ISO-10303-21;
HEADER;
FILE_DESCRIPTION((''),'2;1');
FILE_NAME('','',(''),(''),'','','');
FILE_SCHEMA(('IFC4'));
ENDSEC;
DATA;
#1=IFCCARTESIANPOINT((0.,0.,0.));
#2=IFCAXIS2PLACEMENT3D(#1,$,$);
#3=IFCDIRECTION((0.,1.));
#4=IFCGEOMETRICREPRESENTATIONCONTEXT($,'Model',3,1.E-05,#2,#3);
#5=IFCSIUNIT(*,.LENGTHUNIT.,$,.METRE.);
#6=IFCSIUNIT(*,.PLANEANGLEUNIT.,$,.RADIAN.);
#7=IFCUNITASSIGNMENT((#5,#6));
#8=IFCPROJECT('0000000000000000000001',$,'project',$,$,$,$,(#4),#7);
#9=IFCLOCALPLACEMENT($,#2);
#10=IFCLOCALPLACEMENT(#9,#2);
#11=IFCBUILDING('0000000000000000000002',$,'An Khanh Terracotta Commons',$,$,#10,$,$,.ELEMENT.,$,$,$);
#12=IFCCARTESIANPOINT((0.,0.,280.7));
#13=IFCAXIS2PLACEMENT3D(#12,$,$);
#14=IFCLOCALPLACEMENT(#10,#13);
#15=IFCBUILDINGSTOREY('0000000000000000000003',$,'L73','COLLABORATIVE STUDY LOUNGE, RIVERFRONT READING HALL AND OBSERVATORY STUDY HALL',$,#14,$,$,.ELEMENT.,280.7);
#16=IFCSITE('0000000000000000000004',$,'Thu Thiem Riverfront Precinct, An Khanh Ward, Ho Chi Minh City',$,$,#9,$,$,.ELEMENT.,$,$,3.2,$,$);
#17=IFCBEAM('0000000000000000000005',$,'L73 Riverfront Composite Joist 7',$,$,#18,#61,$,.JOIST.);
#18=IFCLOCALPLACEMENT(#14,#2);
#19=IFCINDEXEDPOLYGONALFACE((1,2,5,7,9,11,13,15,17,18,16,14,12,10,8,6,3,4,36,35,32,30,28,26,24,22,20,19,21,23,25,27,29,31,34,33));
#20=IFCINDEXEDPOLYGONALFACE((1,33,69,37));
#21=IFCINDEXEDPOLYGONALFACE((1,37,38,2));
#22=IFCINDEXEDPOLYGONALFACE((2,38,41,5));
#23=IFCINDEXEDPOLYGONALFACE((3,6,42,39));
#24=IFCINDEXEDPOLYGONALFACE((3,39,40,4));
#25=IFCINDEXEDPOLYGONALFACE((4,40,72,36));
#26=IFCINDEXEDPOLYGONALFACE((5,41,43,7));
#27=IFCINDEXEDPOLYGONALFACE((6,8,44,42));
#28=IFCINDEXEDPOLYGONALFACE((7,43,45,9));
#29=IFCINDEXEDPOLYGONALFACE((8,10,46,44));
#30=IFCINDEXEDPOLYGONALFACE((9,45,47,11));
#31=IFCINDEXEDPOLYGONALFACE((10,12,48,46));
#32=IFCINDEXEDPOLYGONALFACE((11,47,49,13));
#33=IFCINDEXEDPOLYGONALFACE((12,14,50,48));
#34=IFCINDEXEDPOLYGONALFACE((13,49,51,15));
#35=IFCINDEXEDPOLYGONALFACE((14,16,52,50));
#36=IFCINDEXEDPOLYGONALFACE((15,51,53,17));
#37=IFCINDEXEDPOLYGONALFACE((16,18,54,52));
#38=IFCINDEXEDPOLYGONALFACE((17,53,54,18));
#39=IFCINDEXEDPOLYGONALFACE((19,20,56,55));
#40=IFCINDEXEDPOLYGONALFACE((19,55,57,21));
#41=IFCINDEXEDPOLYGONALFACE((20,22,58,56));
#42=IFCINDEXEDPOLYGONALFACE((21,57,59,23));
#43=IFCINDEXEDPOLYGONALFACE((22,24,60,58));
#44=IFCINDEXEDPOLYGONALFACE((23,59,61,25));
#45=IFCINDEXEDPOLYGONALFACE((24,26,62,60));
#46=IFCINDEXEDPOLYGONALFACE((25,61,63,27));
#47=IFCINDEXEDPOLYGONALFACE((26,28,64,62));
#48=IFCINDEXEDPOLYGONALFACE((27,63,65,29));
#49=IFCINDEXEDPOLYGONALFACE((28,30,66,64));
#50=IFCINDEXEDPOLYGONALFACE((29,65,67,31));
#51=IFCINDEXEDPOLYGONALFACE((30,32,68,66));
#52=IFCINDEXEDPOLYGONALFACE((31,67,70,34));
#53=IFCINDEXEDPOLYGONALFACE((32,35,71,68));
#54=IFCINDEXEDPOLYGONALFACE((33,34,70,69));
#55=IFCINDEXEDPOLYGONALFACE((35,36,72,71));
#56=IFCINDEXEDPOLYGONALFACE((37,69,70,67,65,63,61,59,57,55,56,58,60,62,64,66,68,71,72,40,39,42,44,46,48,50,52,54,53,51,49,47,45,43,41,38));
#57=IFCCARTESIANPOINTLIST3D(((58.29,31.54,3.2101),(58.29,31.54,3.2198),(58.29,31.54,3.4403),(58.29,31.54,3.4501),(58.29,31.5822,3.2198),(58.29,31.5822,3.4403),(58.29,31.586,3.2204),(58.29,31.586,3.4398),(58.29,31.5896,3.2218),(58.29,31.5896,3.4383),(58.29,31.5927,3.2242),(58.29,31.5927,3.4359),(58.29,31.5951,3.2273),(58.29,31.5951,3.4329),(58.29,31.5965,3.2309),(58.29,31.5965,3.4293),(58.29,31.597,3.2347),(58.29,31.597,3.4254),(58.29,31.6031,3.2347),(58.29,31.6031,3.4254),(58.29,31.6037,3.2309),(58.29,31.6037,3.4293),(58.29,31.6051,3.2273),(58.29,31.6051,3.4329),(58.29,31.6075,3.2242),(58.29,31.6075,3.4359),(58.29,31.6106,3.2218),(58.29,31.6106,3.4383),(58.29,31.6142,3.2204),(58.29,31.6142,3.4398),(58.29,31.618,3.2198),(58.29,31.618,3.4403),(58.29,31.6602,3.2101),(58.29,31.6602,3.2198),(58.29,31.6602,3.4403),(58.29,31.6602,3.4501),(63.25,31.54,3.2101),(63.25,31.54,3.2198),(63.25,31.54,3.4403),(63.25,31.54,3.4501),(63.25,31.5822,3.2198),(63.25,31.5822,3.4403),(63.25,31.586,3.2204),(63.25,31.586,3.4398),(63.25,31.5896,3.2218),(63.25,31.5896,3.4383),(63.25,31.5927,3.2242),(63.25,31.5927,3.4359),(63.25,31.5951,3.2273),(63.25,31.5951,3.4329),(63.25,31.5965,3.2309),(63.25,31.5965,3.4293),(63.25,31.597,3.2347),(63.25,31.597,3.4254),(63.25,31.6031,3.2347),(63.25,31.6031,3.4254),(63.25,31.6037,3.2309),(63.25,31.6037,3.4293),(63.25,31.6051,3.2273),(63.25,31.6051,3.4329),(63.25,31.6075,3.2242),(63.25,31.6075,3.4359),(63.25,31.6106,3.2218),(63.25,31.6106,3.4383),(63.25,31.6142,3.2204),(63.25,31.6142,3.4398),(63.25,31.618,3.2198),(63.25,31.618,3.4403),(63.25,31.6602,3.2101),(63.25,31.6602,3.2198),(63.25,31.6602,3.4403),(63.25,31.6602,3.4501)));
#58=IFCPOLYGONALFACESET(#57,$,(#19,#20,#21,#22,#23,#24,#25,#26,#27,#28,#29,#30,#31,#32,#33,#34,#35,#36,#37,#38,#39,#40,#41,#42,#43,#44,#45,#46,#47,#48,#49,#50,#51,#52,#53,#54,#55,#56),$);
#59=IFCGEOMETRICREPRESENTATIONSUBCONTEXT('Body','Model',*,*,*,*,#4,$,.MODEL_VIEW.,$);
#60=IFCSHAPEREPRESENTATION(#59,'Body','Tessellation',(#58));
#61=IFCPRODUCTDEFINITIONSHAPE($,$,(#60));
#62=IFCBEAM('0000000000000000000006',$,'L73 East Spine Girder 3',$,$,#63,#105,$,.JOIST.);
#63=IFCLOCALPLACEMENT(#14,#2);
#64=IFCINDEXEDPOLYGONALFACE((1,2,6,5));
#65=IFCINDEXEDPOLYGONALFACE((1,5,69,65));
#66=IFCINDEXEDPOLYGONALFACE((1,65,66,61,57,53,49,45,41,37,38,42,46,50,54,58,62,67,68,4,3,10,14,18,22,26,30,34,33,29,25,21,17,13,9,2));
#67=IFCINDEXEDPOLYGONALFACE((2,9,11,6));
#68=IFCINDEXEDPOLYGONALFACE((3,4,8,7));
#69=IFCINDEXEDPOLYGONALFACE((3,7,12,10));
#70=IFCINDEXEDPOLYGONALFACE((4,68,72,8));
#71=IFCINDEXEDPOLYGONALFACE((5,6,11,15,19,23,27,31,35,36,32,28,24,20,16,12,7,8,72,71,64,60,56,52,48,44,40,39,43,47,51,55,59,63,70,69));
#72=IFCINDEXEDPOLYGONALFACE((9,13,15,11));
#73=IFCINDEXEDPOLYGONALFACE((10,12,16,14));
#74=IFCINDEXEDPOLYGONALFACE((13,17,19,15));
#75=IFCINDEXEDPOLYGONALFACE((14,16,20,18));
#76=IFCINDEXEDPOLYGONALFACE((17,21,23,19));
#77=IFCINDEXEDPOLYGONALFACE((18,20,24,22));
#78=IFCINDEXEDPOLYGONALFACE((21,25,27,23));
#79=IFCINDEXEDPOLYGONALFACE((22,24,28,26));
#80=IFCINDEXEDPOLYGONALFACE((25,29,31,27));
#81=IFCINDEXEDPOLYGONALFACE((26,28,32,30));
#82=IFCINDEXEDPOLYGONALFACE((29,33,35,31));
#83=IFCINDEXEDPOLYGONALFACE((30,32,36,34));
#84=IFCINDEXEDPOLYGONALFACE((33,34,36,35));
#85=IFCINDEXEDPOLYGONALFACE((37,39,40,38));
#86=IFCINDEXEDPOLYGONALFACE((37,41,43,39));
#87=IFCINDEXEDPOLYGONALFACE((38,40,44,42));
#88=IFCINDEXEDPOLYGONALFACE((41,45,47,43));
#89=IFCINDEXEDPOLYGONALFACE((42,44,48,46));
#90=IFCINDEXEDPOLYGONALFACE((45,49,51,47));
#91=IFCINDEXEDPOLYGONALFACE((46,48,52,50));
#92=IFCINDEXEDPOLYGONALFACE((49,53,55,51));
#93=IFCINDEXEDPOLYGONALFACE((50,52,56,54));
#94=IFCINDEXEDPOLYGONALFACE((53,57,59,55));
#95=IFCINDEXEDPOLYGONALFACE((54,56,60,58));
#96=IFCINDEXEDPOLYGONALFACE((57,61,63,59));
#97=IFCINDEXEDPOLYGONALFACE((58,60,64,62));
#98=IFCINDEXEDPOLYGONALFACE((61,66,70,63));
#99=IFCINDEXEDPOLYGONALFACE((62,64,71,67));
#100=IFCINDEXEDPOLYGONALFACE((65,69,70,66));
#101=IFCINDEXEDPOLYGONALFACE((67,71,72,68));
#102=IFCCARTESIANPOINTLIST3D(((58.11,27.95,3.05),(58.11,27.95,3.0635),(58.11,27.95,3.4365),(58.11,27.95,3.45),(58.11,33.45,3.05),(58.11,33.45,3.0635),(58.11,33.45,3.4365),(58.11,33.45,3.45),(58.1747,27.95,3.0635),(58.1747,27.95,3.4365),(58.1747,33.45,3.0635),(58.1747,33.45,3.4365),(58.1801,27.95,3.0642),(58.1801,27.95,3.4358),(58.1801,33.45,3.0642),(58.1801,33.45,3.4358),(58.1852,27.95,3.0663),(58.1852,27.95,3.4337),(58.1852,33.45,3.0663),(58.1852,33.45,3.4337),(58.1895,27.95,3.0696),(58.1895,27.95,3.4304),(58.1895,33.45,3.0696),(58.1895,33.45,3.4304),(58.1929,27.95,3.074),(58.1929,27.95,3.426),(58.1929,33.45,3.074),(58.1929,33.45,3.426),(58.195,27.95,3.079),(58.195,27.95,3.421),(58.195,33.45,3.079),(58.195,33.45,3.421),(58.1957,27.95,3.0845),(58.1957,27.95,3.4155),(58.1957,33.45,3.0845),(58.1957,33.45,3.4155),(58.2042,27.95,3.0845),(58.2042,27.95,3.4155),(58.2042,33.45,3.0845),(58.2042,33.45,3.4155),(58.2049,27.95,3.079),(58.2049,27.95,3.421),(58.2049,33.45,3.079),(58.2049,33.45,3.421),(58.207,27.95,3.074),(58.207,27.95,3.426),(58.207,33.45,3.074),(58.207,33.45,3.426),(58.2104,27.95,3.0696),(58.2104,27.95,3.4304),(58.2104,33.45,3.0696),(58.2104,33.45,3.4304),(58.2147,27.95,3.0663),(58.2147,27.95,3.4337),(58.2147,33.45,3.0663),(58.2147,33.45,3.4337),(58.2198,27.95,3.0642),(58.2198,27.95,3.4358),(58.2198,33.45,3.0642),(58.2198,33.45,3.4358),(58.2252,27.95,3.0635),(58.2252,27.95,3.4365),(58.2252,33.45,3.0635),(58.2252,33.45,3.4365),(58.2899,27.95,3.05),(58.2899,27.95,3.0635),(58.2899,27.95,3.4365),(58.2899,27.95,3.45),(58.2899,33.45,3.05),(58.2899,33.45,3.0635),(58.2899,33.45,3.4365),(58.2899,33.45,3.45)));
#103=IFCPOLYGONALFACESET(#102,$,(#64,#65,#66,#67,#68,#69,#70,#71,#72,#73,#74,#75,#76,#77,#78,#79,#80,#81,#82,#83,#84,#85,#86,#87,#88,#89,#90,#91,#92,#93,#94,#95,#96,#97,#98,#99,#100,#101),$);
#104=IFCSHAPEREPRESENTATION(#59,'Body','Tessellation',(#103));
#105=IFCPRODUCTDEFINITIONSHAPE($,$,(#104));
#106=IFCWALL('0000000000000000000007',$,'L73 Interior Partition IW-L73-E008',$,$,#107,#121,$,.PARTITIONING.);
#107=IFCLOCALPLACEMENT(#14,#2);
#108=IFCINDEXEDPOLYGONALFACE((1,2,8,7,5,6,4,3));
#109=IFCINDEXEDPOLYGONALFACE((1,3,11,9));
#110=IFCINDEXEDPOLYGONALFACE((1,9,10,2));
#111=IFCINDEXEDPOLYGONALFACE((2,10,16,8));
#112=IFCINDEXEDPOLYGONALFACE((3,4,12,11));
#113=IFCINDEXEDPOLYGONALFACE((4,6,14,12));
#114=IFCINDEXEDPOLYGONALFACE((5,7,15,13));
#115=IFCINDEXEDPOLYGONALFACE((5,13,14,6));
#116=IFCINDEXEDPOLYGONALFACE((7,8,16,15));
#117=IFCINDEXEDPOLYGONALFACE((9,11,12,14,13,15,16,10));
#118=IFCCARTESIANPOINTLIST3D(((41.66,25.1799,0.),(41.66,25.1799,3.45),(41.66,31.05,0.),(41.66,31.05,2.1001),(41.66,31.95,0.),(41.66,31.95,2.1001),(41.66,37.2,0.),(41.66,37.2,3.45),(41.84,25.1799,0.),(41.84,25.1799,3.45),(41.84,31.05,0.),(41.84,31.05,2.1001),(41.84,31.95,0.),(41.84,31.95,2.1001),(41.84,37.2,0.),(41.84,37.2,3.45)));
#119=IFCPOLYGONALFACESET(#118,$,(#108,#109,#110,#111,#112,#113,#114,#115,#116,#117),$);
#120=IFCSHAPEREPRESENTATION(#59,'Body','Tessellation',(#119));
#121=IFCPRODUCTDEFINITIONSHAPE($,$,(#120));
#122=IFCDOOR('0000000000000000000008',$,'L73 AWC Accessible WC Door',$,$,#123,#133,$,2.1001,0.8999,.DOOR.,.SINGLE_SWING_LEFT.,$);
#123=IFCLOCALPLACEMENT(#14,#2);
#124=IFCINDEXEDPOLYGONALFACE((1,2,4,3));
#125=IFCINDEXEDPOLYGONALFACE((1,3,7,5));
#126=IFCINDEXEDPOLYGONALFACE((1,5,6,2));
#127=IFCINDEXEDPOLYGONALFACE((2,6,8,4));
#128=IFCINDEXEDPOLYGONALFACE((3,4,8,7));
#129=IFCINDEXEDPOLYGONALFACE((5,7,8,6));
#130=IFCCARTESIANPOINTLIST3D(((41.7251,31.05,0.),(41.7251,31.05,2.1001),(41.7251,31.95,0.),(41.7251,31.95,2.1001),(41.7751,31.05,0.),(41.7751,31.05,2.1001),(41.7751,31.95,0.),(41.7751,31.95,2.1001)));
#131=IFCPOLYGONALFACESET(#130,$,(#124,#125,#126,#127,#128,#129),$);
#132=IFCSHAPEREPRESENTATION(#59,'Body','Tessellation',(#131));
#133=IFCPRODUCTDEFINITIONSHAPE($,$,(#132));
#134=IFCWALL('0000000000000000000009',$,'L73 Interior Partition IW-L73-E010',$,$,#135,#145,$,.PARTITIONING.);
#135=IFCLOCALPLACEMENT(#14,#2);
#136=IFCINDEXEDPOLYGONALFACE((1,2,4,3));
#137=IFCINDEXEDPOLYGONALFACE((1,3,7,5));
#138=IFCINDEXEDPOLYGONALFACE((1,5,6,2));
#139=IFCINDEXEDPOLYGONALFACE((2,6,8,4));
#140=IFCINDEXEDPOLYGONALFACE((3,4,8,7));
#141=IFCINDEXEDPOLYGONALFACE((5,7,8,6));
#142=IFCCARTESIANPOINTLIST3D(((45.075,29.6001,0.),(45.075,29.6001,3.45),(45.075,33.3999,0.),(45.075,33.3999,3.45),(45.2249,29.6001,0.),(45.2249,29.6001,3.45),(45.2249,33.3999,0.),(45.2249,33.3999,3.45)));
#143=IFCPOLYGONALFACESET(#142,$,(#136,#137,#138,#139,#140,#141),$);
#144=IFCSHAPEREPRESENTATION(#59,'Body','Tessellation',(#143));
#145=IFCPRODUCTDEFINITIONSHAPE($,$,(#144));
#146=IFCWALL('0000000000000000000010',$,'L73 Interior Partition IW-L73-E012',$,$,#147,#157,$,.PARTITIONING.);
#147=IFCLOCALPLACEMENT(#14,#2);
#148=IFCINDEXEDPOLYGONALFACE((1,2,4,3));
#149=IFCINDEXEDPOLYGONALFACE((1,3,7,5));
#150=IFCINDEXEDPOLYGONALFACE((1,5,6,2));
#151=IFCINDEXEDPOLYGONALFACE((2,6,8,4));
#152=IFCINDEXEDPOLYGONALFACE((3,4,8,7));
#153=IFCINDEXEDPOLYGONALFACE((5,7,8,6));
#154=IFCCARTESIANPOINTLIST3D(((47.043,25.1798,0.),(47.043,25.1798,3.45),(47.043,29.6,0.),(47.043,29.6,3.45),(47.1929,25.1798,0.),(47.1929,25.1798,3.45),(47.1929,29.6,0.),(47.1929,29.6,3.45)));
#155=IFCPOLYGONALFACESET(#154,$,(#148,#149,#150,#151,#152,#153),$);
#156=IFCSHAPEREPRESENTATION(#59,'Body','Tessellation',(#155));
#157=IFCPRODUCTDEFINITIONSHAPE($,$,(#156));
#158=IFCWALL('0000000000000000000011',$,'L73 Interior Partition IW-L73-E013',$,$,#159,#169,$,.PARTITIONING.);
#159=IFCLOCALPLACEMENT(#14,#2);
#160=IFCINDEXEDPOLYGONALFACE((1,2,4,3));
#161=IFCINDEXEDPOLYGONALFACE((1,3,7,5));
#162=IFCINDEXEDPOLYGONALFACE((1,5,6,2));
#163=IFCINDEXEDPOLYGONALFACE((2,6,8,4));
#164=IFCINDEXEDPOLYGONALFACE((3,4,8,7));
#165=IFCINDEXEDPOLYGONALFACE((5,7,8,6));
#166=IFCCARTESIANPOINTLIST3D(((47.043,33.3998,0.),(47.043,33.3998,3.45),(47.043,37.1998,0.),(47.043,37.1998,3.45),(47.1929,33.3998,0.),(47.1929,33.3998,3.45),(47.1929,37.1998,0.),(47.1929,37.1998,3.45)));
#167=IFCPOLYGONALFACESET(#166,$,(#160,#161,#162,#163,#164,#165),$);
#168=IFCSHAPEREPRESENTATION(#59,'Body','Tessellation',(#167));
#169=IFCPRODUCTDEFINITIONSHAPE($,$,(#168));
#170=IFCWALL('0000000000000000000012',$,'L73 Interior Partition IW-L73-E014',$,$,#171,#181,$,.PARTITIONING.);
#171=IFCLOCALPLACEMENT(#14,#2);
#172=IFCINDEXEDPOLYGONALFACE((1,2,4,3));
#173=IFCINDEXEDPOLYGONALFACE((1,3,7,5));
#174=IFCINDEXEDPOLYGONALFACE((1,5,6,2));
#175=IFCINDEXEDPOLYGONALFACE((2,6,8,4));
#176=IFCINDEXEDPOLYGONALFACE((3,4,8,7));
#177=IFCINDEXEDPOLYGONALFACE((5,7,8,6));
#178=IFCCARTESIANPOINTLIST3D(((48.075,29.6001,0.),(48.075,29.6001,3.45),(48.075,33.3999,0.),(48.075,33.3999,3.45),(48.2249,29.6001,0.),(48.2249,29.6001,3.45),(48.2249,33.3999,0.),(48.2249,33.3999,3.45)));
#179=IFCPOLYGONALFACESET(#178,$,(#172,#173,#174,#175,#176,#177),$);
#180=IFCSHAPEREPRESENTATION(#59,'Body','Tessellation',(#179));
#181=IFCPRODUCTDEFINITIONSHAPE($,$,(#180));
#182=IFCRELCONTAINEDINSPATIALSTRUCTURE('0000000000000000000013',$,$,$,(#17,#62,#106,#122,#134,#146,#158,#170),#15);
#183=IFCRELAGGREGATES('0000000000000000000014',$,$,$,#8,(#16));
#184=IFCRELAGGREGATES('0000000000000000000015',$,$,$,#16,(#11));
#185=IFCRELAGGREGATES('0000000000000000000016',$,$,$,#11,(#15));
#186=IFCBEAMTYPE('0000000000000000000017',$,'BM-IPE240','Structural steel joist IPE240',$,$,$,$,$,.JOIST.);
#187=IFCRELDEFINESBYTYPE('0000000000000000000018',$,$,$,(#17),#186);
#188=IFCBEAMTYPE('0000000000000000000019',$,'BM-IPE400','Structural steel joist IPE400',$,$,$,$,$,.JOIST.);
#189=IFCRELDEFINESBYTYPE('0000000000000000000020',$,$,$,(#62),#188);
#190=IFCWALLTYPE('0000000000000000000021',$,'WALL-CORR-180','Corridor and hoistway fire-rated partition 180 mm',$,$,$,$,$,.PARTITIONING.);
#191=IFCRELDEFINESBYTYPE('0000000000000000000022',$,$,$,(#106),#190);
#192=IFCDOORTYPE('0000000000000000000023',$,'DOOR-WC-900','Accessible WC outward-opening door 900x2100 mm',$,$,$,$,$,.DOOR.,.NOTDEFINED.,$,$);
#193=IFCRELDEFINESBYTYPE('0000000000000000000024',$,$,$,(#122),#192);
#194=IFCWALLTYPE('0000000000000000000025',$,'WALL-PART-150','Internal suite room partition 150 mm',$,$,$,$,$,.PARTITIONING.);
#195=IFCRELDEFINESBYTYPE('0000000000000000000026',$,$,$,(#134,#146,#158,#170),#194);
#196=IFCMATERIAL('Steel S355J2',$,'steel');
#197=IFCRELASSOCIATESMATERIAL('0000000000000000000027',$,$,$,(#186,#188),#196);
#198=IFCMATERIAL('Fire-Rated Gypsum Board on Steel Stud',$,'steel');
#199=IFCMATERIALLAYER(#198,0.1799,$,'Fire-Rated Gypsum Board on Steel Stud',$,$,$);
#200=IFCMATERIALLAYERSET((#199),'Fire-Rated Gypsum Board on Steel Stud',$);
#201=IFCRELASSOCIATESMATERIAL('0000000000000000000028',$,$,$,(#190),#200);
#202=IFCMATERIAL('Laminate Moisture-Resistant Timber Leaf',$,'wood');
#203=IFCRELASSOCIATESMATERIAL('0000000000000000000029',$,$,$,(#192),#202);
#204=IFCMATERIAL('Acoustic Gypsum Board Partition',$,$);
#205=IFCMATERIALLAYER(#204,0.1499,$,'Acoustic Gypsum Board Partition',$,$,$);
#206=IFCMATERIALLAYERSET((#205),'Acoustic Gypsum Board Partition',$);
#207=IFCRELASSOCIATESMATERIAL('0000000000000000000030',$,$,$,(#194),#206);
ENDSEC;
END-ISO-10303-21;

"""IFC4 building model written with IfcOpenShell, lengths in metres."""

from ifc_helpers import new_model, si_unit, direction, frame, frame_2d, origin, origin_2d, place, context, subcontext, project, spatial, rectangle, i_section, extrude, material, layer, layer_set, material_profile, profile_set, type_object, element, fill, save


model = new_model("IFC4")

# Units and contexts
model_context = context("Model", 3, precision=1e-05, world=origin(), true_north=direction((0.0, 1.0)))
body_context = subcontext(model_context, "Body", "Model", "MODEL_VIEW")
ifc_project = project(units=[si_unit("LENGTHUNIT", "METRE"), si_unit("PLANEANGLEUNIT", "RADIAN")], contexts=[model_context])

# Site, building, storey
site_placement = place(None, origin())
site = spatial("IfcSite", under=ifc_project, at=site_placement, Name="Thu Thiem Riverfront Precinct, An Khanh Ward, Ho Chi Minh City", CompositionType="ELEMENT", RefElevation=3.2)
building_placement = place(site_placement, origin())
building = spatial("IfcBuilding", under=site, at=building_placement, Name="An Khanh Terracotta Commons", CompositionType="ELEMENT")
storey_placement = place(building_placement, frame((0.0, 0.0, 280.7)))
storey = spatial("IfcBuildingStorey", under=building, at=storey_placement, Name="L73", Description="COLLABORATIVE STUDY LOUNGE, RIVERFRONT READING HALL AND OBSERVATORY STUDY HALL", CompositionType="ELEMENT", Elevation=280.7)

# Beams
ifc_material_1 = material(Name="Steel S355J2", Category="steel")
ifc_material_profile_1 = material_profile(ifc_material_1, i_section(OverallWidth=0.1201, OverallDepth=0.24, WebThickness=0.0061, FlangeThickness=0.0098, FilletRadius=0.0149, at=origin_2d()), Name="IPE240")
ifc_profile_set_1 = profile_set([ifc_material_profile_1], Name="Steel S355J2")
beam_type_1 = type_object("IfcBeamType", Name="BM-IPE240", Description="Structural steel joist IPE240", PredefinedType="JOIST", material=ifc_profile_set_1)
for number, where, z_axis, x_axis, name in (
    (1, (58.29, 31.6001, 3.3301), (1.0, 0.0, 0.0), (0.0, 1.0, 0.0), "L73 Riverfront Composite Joist 7"),
):
    element("IfcBeam", number, at=place(storey_placement, frame(where, z_axis=z_axis, x_axis=x_axis)), inside=storey, type_object=beam_type_1, Name=name, PredefinedType="JOIST", context=body_context, shape_type="SweptSolid", body=[
        extrude(i_section(OverallWidth=0.1201, OverallDepth=0.24, WebThickness=0.0061, FlangeThickness=0.0098, FilletRadius=0.0149, at=origin_2d()), origin(), (0.0, 0.0, 1.0), 4.96),
    ])
ifc_material_profile_2 = material_profile(ifc_material_1, i_section(OverallWidth=0.1799, OverallDepth=0.3999, WebThickness=0.0085, FlangeThickness=0.0134, FilletRadius=0.021, at=origin_2d()), Name="IPE400")
ifc_profile_set_2 = profile_set([ifc_material_profile_2], Name="Steel S355J2")
beam_type_2 = type_object("IfcBeamType", Name="BM-IPE400", Description="Structural steel joist IPE400", PredefinedType="JOIST", material=ifc_profile_set_2)
beam_placement = place(storey_placement, frame((58.2, 27.95, 3.25), z_axis=(0.0, 1.0, 0.0), x_axis=(-1.0, 0.0, 0.0)))
element("IfcBeam", 2, at=beam_placement, inside=storey, type_object=beam_type_2, Name="L73 East Spine Girder 3", PredefinedType="JOIST", context=body_context, shape_type="SweptSolid", body=[
    extrude(i_section(OverallWidth=0.1799, OverallDepth=0.3999, WebThickness=0.0085, FlangeThickness=0.0134, FilletRadius=0.021, at=origin_2d()), origin(), (0.0, 0.0, 1.0), 5.5),
])

# Wall, opening, door
ifc_material_2 = material(Name="Fire-Rated Gypsum Board on Steel Stud", Category="steel")
ifc_layer_1 = layer(ifc_material_2, 0.1799, Name="Fire-Rated Gypsum Board on Steel Stud")
ifc_layer_set_1 = layer_set([ifc_layer_1], Name="Fire-Rated Gypsum Board on Steel Stud")
wall_type_1 = type_object("IfcWallType", Name="WALL-CORR-180", Description="Corridor and hoistway fire-rated partition 180 mm", PredefinedType="PARTITIONING", material=ifc_layer_set_1)
wall_1_placement = place(storey_placement, frame((41.75, 25.1799, 0.0), z_axis=(0.0, 0.0, 1.0), x_axis=(0.0, 1.0, 0.0)))
wall_1 = element("IfcWall", 3, at=wall_1_placement, inside=storey, type_object=wall_type_1, Name="L73 Interior Partition IW-L73-E008", PredefinedType="PARTITIONING", context=body_context, shape_type="SweptSolid", body=[
    extrude(rectangle(XDim=12.02, YDim=0.1799, at=frame_2d((6.01, 0.0))), origin(), (0.0, 0.0, 1.0), 3.45),
])
opening_1_placement = place(wall_1_placement, frame((5.8701, 0.0, 0.0)))
opening_1 = element("IfcOpeningElement", 4, at=opening_1_placement, cuts=wall_1, PredefinedType="OPENING", context=body_context, shape_type="SweptSolid", body=[
    extrude(rectangle(XDim=0.8999, YDim=2.1001, at=frame_2d((0.45, 1.05))), frame((0.0, 0.0999, 0.0), z_axis=(0.0, -1.0, 0.0), x_axis=(1.0, 0.0, 0.0)), (0.0, 0.0, 1.0), 0.2),
])
ifc_material_3 = material(Name="Laminate Moisture-Resistant Timber Leaf", Category="wood")
door_type_1 = type_object("IfcDoorType", Name="DOOR-WC-900", Description="Accessible WC outward-opening door 900x2100 mm", OperationType="NOTDEFINED", PredefinedType="DOOR", material=ifc_material_3)
door_1_placement = place(opening_1_placement, origin())
door_1 = element("IfcDoor", 5, at=door_1_placement, inside=storey, type_object=door_type_1, Name="L73 AWC Accessible WC Door", OperationType="SINGLE_SWING_LEFT", OverallHeight=2.1001, OverallWidth=0.8999, PredefinedType="DOOR", context=body_context, shape_type="SweptSolid", body=[
    extrude(rectangle(XDim=0.8999, YDim=2.1001, at=frame_2d((0.45, 1.05))), frame((0.0, 0.0249, 0.0), z_axis=(0.0, -1.0, 0.0), x_axis=(1.0, 0.0, 0.0)), (0.0, 0.0, 1.0), 0.05),
])
fill(opening_1, door_1)

# Walls
ifc_material_4 = material(Name="Acoustic Gypsum Board Partition")
ifc_layer_2 = layer(ifc_material_4, 0.1499, Name="Acoustic Gypsum Board Partition")
ifc_layer_set_2 = layer_set([ifc_layer_2], Name="Acoustic Gypsum Board Partition")
wall_type_2 = type_object("IfcWallType", Name="WALL-PART-150", Description="Internal suite room partition 150 mm", PredefinedType="PARTITIONING", material=ifc_layer_set_2)
wall_2_placement = place(storey_placement, frame((45.1499, 29.6001, 0.0), z_axis=(0.0, 0.0, 1.0), x_axis=(0.0, 1.0, 0.0)))
element("IfcWall", 6, at=wall_2_placement, inside=storey, type_object=wall_type_2, Name="L73 Interior Partition IW-L73-E010", PredefinedType="PARTITIONING", context=body_context, shape_type="SweptSolid", body=[
    extrude(rectangle(XDim=3.7998, YDim=0.1499, at=frame_2d((1.8999, 0.0))), origin(), (0.0, 0.0, 1.0), 3.45),
])
wall_3_placement = place(storey_placement, frame((47.1179, 25.1799, 0.0), z_axis=(0.0, 0.0, 1.0), x_axis=(0.0, 1.0, 0.0)))
element("IfcWall", 7, at=wall_3_placement, inside=storey, type_object=wall_type_2, Name="L73 Interior Partition IW-L73-E012", PredefinedType="PARTITIONING", context=body_context, shape_type="SweptSolid", body=[
    extrude(rectangle(XDim=4.4202, YDim=0.1499, at=frame_2d((2.21, 0.0))), origin(), (0.0, 0.0, 1.0), 3.45),
])
wall_4_placement = place(storey_placement, frame((47.1179, 33.3999, 0.0), z_axis=(0.0, 0.0, 1.0), x_axis=(0.0, 1.0, 0.0)))
element("IfcWall", 8, at=wall_4_placement, inside=storey, type_object=wall_type_2, Name="L73 Interior Partition IW-L73-E013", PredefinedType="PARTITIONING", context=body_context, shape_type="SweptSolid", body=[
    extrude(rectangle(XDim=3.8, YDim=0.1499, at=frame_2d((1.8999, 0.0))), origin(), (0.0, 0.0, 1.0), 3.45),
])
wall_5_placement = place(storey_placement, frame((48.1499, 29.6001, 0.0), z_axis=(0.0, 0.0, 1.0), x_axis=(0.0, 1.0, 0.0)))
element("IfcWall", 9, at=wall_5_placement, inside=storey, type_object=wall_type_2, Name="L73 Interior Partition IW-L73-E014", PredefinedType="PARTITIONING", context=body_context, shape_type="SweptSolid", body=[
    extrude(rectangle(XDim=3.7998, YDim=0.1499, at=frame_2d((1.8999, 0.0))), origin(), (0.0, 0.0, 1.0), 3.45),
])

save(model, "model.ifc")
